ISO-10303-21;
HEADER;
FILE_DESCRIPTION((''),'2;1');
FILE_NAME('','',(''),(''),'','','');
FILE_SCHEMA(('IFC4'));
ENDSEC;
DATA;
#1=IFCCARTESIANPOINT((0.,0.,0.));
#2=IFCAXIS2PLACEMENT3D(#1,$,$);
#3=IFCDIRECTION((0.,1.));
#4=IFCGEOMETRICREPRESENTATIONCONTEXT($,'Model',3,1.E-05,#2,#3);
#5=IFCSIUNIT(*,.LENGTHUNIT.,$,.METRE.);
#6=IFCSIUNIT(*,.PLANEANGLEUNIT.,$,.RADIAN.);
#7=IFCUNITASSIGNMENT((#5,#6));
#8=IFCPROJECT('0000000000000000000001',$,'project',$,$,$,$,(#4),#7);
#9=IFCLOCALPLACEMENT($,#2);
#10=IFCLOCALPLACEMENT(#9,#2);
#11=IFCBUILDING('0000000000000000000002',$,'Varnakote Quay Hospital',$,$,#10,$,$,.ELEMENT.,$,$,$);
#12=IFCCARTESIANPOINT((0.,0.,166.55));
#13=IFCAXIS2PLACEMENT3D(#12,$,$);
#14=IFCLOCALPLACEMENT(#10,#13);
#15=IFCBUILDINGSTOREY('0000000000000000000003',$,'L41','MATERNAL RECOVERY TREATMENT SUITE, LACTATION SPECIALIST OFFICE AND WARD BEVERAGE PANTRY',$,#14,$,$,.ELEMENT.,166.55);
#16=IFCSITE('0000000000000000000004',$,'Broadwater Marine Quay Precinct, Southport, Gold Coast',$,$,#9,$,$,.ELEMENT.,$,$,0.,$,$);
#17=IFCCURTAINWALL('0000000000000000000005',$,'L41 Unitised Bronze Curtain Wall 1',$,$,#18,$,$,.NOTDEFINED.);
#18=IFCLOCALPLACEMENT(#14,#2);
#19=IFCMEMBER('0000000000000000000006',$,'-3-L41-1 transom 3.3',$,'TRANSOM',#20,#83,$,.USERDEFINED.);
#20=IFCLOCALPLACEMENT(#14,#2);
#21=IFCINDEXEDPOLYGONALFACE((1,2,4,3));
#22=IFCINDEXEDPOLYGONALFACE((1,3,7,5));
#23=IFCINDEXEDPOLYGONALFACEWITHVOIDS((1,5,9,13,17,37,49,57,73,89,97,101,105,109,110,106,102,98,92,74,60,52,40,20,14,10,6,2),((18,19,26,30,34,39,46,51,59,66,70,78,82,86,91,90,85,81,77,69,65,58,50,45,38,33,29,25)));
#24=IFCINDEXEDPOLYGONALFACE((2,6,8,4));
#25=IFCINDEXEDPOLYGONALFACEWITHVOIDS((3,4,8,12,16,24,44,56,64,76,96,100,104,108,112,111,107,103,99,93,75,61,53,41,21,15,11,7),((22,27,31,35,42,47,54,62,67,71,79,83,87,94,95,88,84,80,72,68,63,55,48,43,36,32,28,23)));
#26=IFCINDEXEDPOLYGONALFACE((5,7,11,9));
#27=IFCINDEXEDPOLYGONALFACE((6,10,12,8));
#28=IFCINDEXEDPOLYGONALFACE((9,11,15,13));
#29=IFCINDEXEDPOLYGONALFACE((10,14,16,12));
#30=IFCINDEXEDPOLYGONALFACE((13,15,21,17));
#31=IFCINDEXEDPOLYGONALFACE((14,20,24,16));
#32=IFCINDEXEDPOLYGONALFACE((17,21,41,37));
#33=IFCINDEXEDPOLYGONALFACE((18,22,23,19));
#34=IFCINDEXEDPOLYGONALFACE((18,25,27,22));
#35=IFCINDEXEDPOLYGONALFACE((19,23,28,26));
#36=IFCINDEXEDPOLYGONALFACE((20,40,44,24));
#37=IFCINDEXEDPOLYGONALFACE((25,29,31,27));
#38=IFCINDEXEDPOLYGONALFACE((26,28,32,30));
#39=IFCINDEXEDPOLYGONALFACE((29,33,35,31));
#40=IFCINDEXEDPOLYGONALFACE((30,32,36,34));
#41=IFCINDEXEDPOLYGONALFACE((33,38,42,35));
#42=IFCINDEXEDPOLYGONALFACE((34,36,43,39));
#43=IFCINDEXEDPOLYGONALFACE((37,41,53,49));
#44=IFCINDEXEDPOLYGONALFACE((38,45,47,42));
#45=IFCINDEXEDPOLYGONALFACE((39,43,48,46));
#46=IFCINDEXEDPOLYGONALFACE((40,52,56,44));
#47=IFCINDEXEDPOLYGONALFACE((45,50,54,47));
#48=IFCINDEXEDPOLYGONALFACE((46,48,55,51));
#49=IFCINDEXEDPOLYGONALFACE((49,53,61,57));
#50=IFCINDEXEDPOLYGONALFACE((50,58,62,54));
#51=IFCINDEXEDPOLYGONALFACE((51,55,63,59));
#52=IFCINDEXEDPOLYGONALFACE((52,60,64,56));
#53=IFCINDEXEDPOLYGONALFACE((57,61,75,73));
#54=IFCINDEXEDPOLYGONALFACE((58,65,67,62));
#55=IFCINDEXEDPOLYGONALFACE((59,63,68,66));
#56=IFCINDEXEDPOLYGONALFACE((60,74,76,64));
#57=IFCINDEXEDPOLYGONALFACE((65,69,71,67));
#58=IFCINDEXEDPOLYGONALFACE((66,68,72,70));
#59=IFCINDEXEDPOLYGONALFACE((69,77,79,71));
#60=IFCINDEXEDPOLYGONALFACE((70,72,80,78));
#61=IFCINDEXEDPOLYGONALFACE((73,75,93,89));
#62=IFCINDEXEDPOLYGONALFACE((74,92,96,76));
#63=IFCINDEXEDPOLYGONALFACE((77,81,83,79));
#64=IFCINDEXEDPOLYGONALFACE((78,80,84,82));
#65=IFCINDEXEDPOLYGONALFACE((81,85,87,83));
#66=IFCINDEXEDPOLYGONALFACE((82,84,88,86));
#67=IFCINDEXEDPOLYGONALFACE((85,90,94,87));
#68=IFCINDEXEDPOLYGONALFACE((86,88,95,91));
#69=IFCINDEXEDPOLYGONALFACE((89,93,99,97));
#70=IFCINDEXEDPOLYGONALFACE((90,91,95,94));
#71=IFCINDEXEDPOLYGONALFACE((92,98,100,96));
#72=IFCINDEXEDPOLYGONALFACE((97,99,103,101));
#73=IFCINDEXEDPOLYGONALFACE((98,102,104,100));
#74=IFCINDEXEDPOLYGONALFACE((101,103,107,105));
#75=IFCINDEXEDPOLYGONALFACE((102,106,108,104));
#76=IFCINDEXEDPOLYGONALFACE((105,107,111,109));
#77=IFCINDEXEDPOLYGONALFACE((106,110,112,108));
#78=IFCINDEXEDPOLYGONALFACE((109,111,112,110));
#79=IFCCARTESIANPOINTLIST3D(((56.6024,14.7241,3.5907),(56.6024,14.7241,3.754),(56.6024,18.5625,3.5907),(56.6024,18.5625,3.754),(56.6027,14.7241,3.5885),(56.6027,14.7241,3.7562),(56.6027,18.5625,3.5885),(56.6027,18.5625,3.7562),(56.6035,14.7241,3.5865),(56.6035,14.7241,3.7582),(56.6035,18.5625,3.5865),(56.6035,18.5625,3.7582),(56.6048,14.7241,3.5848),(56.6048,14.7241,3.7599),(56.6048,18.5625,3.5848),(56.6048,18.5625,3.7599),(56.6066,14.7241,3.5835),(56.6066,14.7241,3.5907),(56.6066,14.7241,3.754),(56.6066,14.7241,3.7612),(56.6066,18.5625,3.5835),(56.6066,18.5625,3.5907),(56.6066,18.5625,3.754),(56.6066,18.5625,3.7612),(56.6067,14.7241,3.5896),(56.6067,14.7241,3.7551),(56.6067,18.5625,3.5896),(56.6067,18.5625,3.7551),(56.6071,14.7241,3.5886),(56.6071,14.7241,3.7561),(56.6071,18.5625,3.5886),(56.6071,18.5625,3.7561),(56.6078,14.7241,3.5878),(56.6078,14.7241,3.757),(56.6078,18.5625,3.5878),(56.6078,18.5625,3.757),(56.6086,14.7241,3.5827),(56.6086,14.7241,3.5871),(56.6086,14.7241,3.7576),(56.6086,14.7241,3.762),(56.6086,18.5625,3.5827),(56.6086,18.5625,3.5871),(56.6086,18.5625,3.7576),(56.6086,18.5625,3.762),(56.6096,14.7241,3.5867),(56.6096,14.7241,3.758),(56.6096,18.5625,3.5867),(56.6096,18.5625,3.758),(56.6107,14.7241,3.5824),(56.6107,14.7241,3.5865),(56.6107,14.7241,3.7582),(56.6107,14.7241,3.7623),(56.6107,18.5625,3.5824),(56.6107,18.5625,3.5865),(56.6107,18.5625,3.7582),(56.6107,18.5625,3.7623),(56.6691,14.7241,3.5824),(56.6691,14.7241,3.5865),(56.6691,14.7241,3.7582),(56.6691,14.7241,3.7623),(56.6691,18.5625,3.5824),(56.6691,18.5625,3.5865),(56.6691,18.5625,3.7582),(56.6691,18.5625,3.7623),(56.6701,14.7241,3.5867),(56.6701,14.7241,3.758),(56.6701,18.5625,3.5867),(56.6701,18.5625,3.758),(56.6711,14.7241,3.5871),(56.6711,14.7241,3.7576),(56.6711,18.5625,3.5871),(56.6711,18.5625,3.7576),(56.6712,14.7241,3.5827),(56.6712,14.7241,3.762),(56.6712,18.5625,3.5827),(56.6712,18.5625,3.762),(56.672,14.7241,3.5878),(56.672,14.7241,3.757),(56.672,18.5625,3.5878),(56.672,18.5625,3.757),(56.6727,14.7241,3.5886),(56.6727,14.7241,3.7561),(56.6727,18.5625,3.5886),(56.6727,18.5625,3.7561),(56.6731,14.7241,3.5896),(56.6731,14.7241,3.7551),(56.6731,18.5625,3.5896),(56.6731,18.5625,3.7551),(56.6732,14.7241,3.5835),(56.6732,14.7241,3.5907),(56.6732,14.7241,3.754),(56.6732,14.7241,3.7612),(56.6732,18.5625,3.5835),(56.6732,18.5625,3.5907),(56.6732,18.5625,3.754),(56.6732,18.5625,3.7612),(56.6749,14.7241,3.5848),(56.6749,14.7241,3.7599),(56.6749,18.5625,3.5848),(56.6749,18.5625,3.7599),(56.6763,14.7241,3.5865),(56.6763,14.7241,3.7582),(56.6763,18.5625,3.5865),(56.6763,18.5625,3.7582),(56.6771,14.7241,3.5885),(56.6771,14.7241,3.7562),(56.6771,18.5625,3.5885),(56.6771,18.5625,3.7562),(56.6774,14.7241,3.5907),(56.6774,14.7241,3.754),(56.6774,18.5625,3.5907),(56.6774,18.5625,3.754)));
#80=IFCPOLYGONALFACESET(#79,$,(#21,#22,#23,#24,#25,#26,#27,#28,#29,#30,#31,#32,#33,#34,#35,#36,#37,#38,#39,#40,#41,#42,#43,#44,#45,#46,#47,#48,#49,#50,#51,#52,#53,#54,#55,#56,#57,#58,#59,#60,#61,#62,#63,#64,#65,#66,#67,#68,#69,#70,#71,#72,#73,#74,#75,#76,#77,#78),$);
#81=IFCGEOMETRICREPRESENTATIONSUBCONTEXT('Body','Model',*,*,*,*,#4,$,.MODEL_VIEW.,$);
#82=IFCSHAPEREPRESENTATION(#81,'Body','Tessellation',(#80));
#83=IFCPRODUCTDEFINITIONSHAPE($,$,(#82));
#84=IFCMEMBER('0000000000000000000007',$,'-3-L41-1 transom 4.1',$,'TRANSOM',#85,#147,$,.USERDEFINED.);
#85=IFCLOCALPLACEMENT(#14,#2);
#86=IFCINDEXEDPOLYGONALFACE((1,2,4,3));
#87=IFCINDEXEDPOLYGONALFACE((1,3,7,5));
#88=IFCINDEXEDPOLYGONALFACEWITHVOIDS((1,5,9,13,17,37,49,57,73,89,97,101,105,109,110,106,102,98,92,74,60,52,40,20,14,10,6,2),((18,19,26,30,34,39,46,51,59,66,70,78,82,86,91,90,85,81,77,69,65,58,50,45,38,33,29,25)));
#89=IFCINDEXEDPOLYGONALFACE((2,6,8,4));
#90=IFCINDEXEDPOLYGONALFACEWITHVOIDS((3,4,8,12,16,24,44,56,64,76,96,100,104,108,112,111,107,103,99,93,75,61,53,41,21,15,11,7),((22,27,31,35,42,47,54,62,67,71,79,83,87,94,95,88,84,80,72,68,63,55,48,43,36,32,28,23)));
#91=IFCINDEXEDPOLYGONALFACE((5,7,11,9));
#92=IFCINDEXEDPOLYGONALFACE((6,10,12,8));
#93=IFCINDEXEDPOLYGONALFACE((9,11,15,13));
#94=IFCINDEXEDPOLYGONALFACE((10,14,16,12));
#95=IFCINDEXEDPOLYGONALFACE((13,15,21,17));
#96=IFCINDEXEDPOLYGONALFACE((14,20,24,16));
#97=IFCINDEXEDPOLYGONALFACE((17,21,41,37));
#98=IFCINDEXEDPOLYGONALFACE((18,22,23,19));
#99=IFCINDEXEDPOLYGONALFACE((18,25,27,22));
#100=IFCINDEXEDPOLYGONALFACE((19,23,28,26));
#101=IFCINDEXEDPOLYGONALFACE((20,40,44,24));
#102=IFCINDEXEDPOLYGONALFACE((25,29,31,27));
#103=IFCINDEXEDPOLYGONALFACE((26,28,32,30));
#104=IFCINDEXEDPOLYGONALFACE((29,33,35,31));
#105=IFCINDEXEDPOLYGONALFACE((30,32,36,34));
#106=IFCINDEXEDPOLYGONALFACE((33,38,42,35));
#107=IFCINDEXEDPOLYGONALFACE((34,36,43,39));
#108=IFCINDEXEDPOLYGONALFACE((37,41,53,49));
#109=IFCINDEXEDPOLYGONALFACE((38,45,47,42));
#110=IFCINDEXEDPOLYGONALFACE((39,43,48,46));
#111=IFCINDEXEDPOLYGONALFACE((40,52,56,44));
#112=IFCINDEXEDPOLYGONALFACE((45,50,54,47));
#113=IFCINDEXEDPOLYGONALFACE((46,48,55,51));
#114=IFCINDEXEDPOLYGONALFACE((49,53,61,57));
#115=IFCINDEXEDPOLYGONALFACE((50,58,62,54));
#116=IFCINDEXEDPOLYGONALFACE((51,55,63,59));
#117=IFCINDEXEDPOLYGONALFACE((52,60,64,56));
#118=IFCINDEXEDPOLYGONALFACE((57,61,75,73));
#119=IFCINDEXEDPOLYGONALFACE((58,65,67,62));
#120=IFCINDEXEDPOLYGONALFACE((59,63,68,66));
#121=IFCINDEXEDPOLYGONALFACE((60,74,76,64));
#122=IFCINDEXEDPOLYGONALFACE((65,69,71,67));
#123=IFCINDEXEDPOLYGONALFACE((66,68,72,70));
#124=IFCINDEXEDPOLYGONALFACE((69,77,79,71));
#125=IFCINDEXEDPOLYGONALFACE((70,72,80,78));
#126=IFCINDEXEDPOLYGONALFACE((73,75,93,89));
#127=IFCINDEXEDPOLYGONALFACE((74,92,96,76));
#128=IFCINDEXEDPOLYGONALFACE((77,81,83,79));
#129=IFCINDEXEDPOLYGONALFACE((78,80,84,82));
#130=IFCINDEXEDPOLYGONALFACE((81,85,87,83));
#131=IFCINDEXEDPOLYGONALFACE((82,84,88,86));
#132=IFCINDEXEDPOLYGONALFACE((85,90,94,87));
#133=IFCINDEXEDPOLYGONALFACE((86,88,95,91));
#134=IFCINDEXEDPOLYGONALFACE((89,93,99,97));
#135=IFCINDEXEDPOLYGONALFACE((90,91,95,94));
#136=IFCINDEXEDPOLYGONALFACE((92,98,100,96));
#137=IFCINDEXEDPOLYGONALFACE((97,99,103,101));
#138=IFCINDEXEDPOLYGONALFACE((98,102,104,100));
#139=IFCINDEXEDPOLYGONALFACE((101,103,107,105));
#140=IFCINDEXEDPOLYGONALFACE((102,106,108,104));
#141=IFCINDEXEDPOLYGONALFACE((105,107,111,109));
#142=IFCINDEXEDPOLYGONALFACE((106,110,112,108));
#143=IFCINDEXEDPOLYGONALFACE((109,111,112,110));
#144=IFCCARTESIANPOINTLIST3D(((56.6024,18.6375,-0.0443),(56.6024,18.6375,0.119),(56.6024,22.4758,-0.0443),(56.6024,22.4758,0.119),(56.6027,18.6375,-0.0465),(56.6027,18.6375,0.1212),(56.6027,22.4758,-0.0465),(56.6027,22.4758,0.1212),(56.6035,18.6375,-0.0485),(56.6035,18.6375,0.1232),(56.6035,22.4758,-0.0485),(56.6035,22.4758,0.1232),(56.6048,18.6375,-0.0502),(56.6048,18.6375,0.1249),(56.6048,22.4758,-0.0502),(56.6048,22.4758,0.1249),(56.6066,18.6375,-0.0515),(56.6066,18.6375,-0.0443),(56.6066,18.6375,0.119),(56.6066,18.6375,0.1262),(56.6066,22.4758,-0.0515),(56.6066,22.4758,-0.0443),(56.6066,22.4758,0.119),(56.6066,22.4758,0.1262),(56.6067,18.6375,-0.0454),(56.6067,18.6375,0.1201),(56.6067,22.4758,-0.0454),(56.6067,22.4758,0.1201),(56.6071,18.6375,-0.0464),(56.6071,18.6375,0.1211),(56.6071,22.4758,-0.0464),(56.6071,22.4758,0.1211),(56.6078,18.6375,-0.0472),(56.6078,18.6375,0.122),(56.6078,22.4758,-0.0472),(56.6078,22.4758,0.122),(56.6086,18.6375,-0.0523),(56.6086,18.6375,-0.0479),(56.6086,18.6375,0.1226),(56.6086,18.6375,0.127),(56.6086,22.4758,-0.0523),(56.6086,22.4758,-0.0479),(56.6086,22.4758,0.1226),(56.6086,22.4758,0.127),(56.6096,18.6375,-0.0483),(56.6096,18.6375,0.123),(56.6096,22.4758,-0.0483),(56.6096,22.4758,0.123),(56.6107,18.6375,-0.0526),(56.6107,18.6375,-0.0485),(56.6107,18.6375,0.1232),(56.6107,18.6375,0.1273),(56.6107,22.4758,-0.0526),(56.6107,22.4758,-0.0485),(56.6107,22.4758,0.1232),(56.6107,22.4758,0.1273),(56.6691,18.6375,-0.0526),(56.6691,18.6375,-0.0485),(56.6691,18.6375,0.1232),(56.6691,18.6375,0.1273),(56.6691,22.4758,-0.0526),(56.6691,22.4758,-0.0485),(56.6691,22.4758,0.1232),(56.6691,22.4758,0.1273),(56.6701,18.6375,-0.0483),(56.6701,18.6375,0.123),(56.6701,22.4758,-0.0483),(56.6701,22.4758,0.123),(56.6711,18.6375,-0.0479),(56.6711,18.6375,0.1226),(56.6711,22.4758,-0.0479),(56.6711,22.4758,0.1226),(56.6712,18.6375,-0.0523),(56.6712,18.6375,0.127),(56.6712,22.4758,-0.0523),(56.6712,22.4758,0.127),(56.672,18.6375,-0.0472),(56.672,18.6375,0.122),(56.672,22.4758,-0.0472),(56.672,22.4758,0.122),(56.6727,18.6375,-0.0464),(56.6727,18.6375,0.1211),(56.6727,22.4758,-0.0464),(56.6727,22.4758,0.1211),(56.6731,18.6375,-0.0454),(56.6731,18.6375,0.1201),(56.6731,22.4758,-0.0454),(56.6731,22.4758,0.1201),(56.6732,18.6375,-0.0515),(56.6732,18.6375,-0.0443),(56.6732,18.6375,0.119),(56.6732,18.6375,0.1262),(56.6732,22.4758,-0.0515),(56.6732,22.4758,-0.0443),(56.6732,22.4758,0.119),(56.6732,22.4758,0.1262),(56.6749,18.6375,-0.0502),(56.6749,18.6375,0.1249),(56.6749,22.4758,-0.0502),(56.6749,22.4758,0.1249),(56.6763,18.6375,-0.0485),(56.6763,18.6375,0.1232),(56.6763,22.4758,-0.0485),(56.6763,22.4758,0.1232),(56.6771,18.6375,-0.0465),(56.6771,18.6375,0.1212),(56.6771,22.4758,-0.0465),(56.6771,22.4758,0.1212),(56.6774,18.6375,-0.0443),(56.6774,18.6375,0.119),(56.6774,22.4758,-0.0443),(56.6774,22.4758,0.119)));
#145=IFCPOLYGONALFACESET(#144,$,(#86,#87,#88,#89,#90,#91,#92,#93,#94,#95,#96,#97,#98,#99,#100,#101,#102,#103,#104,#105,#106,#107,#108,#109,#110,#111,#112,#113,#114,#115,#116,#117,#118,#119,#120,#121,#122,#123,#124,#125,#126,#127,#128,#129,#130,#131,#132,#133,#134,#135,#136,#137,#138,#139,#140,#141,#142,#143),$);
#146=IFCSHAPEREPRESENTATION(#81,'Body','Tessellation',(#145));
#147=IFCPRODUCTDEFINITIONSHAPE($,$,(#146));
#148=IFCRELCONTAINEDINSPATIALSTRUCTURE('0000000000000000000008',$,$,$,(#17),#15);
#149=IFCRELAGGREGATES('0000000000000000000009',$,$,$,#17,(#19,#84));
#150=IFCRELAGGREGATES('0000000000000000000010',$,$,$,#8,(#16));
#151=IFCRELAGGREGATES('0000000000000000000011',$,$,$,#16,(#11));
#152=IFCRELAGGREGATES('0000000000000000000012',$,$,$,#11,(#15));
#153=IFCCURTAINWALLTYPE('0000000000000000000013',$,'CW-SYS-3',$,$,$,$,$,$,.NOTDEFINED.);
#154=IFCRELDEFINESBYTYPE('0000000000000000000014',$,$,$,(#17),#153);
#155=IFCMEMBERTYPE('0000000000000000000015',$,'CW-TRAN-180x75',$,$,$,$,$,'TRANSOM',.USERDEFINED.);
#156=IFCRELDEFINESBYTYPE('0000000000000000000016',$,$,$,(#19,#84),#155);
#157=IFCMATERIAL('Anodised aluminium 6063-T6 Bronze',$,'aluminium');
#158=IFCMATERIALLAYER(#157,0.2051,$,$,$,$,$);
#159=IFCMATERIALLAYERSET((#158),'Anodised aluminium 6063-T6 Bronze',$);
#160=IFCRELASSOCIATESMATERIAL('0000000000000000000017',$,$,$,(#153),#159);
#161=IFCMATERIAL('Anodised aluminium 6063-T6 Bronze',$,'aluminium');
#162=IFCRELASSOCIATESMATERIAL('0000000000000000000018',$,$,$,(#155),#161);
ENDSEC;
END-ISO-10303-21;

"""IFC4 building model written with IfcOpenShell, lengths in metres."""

from ifc_helpers import new_model, si_unit, direction, frame, origin, origin_2d, place, context, subcontext, project, spatial, hollow_rectangle, extrude, material, layer, layer_set, material_profile, profile_set, type_object, element, aggregate, save


model = new_model("IFC4")

# Units and contexts
model_context = context("Model", 3, precision=1e-05, world=origin(), true_north=direction((0.0, 1.0)))
body_context = subcontext(model_context, "Body", "Model", "MODEL_VIEW")
ifc_project = project(units=[si_unit("LENGTHUNIT", "METRE"), si_unit("PLANEANGLEUNIT", "RADIAN")], contexts=[model_context])

# Site, building, storey
site_placement = place(None, origin())
site = spatial("IfcSite", under=ifc_project, at=site_placement, Name="Broadwater Marine Quay Precinct, Southport, Gold Coast", CompositionType="ELEMENT", RefElevation=0.0)
building_placement = place(site_placement, origin())
building = spatial("IfcBuilding", under=site, at=building_placement, Name="Varnakote Quay Hospital", CompositionType="ELEMENT")
storey_placement = place(building_placement, frame((0.0, 0.0, 166.55)))
storey = spatial("IfcBuildingStorey", under=building, at=storey_placement, Name="L41", Description="MATERNAL RECOVERY TREATMENT SUITE, LACTATION SPECIALIST OFFICE AND WARD BEVERAGE PANTRY", CompositionType="ELEMENT", Elevation=166.55)

# Curtain wall, members
ifc_material_1 = material(Name="Anodised aluminium 6063-T6 Bronze", Category="aluminium")
ifc_layer_1 = layer(ifc_material_1, 0.2051)
ifc_layer_set_1 = layer_set([ifc_layer_1], Name="Anodised aluminium 6063-T6 Bronze")
curtain_wall_type = type_object("IfcCurtainWallType", Name="CW-SYS-3", PredefinedType="NOTDEFINED", material=ifc_layer_set_1)
curtain_wall_placement = place(storey_placement, origin())
curtain_wall = element("IfcCurtainWall", 1, at=curtain_wall_placement, inside=storey, type_object=curtain_wall_type, Name="L41 Unitised Bronze Curtain Wall 1", PredefinedType="NOTDEFINED")
ifc_material_2 = material(Name="Anodised aluminium 6063-T6 Bronze", Category="aluminium")
ifc_material_profile_1 = material_profile(ifc_material_2, hollow_rectangle(XDim=0.075, YDim=0.1799, WallThickness=0.0042, InnerFilletRadius=0.0042, OuterFilletRadius=0.0083, at=origin_2d()), Name="CW-TRAN-180x75")
ifc_profile_set_1 = profile_set([ifc_material_profile_1], Name="Anodised aluminium 6063-T6 Bronze")
member_type_1 = type_object("IfcMemberType", Name="CW-TRAN-180x75", ElementType="TRANSOM", PredefinedType="USERDEFINED", material=ifc_profile_set_1)
member_1_placement = place(storey_placement, frame((56.6399, 14.7241, 3.6724), z_axis=(0.0, 1.0, 0.0), x_axis=(-1.0, 0.0, 0.0)))
member_1 = element("IfcMember", 2, at=member_1_placement, type_object=member_type_1, Name="-3-L41-1 transom 3.3", ObjectType="TRANSOM", PredefinedType="USERDEFINED", context=body_context, shape_type="SweptSolid", body=[
    extrude(hollow_rectangle(XDim=0.075, YDim=0.1799, WallThickness=0.0042, InnerFilletRadius=0.0042, OuterFilletRadius=0.0083, at=origin_2d()), origin(), (0.0, 0.0, 1.0), 3.8384),
])
member_2_placement = place(storey_placement, frame((56.6399, 18.6375, 0.0374), z_axis=(0.0, 1.0, 0.0), x_axis=(-1.0, 0.0, 0.0)))
member_2 = element("IfcMember", 3, at=member_2_placement, type_object=member_type_1, Name="-3-L41-1 transom 4.1", ObjectType="TRANSOM", PredefinedType="USERDEFINED", context=body_context, shape_type="SweptSolid", body=[
    extrude(hollow_rectangle(XDim=0.075, YDim=0.1799, WallThickness=0.0042, InnerFilletRadius=0.0042, OuterFilletRadius=0.0083, at=origin_2d()), origin(), (0.0, 0.0, 1.0), 3.8384),
])
aggregate(curtain_wall, [member_1, member_2])

save(model, "model.ifc")
